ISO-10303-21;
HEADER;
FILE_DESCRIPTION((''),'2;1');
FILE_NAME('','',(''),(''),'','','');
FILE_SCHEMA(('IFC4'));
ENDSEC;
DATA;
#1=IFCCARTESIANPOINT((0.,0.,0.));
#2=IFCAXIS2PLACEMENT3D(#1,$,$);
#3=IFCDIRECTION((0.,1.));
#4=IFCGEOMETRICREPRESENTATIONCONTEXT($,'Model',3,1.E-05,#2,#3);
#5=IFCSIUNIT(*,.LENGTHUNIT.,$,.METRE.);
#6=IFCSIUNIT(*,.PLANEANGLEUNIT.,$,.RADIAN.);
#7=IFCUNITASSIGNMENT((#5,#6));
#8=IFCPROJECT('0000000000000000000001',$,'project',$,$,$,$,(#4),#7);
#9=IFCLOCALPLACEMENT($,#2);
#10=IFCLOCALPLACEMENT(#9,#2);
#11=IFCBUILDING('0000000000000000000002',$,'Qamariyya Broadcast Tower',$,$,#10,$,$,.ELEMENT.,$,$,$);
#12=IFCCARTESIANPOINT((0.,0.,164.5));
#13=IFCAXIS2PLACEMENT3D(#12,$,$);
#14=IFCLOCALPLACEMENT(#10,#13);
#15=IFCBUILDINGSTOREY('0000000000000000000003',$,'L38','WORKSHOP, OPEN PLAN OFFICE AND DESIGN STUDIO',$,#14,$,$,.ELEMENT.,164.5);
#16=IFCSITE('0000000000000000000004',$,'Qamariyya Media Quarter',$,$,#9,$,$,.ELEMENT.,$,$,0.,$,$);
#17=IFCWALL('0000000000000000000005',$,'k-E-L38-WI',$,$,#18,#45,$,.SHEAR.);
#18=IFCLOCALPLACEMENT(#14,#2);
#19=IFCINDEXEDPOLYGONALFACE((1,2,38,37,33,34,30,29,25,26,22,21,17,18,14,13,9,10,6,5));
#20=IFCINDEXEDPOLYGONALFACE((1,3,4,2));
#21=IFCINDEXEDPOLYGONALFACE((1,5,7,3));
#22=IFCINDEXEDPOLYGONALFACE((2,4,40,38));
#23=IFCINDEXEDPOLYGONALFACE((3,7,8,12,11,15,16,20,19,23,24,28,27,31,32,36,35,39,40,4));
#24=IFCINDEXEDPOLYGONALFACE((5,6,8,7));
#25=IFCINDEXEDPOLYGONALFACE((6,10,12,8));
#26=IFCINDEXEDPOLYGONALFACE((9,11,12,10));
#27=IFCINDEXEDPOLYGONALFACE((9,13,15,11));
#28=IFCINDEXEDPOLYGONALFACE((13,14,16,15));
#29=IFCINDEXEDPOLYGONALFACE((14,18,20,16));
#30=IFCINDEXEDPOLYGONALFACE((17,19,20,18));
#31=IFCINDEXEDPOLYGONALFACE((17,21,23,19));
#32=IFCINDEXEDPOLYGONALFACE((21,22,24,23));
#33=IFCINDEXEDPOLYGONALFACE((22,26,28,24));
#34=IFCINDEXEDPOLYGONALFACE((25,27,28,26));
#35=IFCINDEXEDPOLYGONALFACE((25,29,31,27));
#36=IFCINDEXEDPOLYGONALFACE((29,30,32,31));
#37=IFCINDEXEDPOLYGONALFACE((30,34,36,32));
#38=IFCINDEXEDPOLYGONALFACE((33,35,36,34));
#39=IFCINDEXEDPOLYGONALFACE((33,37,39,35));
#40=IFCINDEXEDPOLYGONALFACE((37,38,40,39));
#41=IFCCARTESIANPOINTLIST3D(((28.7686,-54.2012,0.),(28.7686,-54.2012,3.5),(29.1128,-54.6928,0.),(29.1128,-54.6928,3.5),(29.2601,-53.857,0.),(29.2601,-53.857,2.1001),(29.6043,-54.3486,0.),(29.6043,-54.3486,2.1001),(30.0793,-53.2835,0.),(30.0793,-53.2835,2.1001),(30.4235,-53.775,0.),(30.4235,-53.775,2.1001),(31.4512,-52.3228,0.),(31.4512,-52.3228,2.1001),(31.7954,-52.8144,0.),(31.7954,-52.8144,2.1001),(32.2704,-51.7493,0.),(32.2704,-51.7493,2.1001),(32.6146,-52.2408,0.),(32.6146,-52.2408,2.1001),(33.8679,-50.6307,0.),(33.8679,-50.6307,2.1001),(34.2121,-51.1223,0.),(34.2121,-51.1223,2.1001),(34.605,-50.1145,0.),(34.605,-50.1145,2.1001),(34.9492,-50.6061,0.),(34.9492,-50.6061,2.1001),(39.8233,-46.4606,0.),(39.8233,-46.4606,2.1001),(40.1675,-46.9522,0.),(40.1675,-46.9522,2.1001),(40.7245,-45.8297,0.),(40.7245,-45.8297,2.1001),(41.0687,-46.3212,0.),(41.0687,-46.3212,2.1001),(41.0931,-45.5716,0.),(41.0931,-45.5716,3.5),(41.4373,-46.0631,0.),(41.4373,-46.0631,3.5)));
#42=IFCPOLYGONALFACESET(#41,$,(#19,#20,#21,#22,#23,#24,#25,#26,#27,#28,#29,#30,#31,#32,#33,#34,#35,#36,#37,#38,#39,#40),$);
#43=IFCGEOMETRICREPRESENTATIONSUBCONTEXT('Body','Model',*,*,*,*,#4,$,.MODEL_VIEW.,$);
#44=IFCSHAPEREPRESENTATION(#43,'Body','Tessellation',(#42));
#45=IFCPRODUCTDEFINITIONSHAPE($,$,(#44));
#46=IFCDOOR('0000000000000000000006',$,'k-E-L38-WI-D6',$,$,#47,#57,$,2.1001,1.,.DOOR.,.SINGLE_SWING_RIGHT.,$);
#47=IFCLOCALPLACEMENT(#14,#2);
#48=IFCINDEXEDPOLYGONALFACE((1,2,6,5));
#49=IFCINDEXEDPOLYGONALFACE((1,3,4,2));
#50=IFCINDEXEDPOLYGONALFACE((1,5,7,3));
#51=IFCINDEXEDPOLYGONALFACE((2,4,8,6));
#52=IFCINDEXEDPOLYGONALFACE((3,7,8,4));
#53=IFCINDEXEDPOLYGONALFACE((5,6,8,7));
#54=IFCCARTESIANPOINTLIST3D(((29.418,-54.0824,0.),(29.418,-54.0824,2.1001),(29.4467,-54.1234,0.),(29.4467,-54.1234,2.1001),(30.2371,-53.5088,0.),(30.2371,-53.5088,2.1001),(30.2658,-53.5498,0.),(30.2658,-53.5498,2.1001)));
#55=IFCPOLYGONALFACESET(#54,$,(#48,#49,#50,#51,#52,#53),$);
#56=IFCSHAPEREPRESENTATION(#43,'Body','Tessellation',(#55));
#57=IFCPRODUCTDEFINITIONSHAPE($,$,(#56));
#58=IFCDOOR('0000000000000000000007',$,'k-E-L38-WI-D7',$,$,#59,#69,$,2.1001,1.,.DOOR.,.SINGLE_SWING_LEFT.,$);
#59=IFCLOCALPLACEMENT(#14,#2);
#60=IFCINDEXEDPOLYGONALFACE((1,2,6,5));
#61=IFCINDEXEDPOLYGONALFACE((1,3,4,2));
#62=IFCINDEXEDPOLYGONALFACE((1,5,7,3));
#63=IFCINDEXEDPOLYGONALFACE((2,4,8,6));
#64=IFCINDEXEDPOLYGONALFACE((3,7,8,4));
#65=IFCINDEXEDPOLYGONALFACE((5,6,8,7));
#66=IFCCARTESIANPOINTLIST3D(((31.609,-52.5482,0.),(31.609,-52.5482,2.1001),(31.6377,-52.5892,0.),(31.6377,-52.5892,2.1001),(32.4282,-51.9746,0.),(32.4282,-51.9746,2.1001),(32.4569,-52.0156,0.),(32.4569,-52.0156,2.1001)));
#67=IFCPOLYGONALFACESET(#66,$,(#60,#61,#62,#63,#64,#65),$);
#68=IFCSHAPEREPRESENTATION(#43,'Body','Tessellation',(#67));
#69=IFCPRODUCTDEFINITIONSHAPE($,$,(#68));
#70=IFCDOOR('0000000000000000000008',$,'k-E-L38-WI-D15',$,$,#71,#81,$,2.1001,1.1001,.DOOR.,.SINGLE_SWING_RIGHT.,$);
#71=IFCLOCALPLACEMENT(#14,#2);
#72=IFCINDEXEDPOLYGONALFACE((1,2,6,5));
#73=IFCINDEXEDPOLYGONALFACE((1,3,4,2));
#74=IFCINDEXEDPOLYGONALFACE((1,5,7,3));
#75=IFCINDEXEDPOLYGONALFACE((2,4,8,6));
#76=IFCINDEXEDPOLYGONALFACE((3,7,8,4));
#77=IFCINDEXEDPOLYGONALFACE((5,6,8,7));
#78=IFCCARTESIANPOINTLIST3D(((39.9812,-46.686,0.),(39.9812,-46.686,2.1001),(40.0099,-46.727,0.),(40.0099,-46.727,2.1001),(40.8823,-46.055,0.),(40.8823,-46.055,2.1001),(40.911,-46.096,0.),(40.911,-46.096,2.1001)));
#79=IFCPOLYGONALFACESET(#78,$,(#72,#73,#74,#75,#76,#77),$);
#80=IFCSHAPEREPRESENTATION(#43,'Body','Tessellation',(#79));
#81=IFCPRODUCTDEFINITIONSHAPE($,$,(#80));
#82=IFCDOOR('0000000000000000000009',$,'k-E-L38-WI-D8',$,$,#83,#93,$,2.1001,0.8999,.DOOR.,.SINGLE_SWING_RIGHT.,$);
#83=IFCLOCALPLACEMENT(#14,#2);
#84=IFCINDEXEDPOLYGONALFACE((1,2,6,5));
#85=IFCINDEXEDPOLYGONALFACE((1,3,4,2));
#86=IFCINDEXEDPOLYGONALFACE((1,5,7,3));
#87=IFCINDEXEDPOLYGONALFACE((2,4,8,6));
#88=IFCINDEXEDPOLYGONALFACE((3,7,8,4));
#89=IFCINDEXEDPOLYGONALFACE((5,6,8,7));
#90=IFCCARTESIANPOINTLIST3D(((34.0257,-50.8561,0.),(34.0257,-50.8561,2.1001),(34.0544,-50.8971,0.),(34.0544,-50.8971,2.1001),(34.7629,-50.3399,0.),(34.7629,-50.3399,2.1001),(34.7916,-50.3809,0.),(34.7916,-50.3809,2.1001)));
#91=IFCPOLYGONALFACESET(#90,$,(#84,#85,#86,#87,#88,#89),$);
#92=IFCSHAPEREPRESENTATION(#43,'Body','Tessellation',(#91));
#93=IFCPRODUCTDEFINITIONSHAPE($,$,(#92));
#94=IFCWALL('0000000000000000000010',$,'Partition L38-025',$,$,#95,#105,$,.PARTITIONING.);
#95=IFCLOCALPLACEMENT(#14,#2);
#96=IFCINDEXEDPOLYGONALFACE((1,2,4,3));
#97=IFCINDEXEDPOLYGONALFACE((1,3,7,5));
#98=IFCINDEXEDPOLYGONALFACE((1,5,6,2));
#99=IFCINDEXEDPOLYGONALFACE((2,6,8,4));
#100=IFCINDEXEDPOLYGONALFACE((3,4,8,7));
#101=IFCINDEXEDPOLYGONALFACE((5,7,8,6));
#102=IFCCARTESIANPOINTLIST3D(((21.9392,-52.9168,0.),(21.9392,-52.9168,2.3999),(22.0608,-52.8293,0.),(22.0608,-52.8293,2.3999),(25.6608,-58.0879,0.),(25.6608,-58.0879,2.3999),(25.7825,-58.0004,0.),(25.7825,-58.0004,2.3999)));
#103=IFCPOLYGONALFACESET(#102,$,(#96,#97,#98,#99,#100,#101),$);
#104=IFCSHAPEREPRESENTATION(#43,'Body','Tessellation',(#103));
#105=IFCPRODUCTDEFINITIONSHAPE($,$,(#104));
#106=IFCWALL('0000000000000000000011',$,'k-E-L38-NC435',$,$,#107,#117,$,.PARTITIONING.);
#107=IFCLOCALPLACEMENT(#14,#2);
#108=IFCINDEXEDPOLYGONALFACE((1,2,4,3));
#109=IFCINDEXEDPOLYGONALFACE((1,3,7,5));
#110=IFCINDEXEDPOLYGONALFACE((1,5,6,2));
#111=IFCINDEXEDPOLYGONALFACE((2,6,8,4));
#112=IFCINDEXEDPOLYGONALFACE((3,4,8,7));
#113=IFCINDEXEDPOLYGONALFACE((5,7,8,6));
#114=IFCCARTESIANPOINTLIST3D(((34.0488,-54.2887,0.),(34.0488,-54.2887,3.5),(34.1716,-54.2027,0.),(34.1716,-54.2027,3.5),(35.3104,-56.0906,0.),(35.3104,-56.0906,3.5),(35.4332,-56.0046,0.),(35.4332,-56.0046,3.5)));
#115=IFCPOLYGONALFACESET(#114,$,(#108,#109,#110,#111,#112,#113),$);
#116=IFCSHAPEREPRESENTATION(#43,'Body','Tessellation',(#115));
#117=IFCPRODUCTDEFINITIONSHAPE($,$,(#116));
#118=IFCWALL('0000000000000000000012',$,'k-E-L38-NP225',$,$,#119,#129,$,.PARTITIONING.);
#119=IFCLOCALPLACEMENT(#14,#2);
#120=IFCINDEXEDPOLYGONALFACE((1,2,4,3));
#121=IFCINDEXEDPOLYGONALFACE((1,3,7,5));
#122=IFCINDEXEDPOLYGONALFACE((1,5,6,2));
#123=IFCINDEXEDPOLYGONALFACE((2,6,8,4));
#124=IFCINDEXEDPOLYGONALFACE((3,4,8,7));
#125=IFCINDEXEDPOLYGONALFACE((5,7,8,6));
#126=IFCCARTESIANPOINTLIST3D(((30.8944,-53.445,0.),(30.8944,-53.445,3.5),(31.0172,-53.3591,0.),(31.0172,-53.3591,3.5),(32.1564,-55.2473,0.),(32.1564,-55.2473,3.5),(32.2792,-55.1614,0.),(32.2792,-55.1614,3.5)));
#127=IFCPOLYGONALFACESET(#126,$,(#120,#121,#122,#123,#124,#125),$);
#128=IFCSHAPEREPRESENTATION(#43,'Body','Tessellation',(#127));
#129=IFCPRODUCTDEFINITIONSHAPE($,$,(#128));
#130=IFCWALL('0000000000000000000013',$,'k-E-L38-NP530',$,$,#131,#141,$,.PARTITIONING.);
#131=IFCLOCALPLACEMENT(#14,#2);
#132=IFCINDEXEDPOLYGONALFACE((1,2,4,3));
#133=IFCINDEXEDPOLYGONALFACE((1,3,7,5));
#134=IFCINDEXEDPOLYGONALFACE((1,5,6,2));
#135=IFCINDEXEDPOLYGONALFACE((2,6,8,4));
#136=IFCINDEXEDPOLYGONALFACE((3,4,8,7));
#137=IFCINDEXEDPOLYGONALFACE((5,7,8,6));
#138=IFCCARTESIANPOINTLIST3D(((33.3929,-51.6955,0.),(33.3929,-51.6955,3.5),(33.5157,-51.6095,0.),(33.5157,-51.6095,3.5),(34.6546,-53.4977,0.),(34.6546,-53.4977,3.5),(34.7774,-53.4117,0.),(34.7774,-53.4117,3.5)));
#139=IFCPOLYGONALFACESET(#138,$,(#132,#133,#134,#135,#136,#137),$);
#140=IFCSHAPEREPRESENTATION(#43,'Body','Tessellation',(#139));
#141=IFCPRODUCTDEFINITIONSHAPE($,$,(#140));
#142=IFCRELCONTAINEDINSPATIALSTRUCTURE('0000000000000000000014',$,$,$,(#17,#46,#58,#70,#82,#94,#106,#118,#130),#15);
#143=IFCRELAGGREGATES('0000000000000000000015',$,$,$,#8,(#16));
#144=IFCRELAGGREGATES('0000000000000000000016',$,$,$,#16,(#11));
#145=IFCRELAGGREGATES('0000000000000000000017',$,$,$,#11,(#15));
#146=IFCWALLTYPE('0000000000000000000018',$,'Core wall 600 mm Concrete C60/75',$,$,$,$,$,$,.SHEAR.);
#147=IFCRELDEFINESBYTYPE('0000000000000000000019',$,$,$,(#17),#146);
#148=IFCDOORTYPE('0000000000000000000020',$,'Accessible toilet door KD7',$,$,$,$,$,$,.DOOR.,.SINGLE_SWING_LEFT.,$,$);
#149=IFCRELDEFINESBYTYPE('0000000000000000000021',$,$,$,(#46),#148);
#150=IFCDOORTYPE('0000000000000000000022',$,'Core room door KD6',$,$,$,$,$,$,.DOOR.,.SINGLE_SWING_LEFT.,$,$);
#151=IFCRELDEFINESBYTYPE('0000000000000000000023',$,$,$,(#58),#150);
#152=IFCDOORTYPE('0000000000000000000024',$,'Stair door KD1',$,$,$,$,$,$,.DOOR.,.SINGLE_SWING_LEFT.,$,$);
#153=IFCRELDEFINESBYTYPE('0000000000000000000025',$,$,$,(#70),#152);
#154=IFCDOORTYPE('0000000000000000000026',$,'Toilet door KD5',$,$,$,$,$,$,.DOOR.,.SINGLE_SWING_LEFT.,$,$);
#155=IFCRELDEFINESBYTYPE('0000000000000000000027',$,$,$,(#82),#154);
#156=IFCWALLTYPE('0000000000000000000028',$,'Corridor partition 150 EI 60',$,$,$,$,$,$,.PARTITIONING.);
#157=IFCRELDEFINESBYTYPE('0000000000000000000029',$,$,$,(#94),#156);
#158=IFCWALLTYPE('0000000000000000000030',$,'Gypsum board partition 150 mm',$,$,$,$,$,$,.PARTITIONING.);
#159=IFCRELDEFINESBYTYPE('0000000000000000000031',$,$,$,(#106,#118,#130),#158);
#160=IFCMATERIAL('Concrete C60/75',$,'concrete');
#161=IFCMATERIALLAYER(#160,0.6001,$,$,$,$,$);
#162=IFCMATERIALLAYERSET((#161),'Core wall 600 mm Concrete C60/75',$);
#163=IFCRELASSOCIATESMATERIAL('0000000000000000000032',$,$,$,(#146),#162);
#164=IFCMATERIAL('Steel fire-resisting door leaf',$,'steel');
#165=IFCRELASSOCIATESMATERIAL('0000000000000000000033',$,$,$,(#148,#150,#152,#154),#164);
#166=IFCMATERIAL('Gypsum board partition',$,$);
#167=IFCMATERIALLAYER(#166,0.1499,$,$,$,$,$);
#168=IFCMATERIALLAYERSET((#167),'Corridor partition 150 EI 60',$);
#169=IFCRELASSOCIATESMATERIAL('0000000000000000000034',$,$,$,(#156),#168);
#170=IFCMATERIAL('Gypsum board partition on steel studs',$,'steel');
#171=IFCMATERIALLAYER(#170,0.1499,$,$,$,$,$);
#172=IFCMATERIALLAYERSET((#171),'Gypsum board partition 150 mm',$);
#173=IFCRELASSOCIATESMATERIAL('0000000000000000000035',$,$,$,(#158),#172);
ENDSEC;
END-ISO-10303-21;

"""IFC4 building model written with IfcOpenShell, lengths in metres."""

from ifc_helpers import new_model, si_unit, direction, frame, frame_2d, origin, place, context, subcontext, project, spatial, rectangle, extrude, material, layer, layer_set, type_object, element, fill, save


model = new_model("IFC4")

# Units and contexts
model_context = context("Model", 3, precision=1e-05, world=origin(), true_north=direction((0.0, 1.0)))
body_context = subcontext(model_context, "Body", "Model", "MODEL_VIEW")
ifc_project = project(units=[si_unit("LENGTHUNIT", "METRE"), si_unit("PLANEANGLEUNIT", "RADIAN")], contexts=[model_context])

# Site, building, storey
site_placement = place(None, origin())
site = spatial("IfcSite", under=ifc_project, at=site_placement, Name="Qamariyya Media Quarter", CompositionType="ELEMENT", RefElevation=0.0)
building_placement = place(site_placement, origin())
building = spatial("IfcBuilding", under=site, at=building_placement, Name="Qamariyya Broadcast Tower", CompositionType="ELEMENT")
storey_placement = place(building_placement, frame((0.0, 0.0, 164.5)))
storey = spatial("IfcBuildingStorey", under=building, at=storey_placement, Name="L38", Description="WORKSHOP, OPEN PLAN OFFICE AND DESIGN STUDIO", CompositionType="ELEMENT", Elevation=164.5)

# Shared definitions
ifc_material_1 = material(Name="Concrete C60/75", Category="concrete")

# Wall, openings, doors
ifc_layer_1 = layer(ifc_material_1, 0.6001)
ifc_layer_set_1 = layer_set([ifc_layer_1], Name="Core wall 600 mm Concrete C60/75")
wall_type_1 = type_object("IfcWallType", Name="Core wall 600 mm Concrete C60/75", PredefinedType="SHEAR", material=ifc_layer_set_1)
wall_1_placement = place(storey_placement, frame((28.9407, -54.447, 0.0), z_axis=(0.0, 0.0, 1.0), x_axis=(0.819153, 0.573575, 0.0)))
wall_1 = element("IfcWall", 1, at=wall_1_placement, inside=storey, type_object=wall_type_1, Name="k-E-L38-WI", PredefinedType="SHEAR", context=body_context, shape_type="SweptSolid", body=[
    extrude(rectangle(XDim=15.0454, YDim=0.6001, at=frame_2d((7.5227, 0.0))), origin(), (0.0, 0.0, 1.0), 3.5),
])
opening_1_placement = place(wall_1_placement, frame((0.6001, 0.0, 0.0)))
opening_1 = element("IfcOpeningElement", 2, at=opening_1_placement, cuts=wall_1, PredefinedType="OPENING", context=body_context, shape_type="SweptSolid", body=[
    extrude(rectangle(XDim=1.0, YDim=2.1001, at=frame_2d((0.5, 1.05))), frame((0.0, 0.3101, 0.0), z_axis=(0.0, -1.0, 0.0), x_axis=(1.0, 0.0, 0.0)), (0.0, 0.0, 1.0), 0.6201),
])
opening_2_placement = place(wall_1_placement, frame((3.2749, 0.0, 0.0)))
opening_2 = element("IfcOpeningElement", 3, at=opening_2_placement, cuts=wall_1, PredefinedType="OPENING", context=body_context, shape_type="SweptSolid", body=[
    extrude(rectangle(XDim=1.0, YDim=2.1001, at=frame_2d((0.5, 1.05))), frame((0.0, 0.3101, 0.0), z_axis=(0.0, -1.0, 0.0), x_axis=(1.0, 0.0, 0.0)), (0.0, 0.0, 1.0), 0.6201),
])
opening_3_placement = place(wall_1_placement, frame((6.2251, 0.0, 0.0)))
opening_3 = element("IfcOpeningElement", 4, at=opening_3_placement, cuts=wall_1, PredefinedType="OPENING", context=body_context, shape_type="SweptSolid", body=[
    extrude(rectangle(XDim=0.8999, YDim=2.1001, at=frame_2d((0.45, 1.05))), frame((0.0, 0.3101, 0.0), z_axis=(0.0, -1.0, 0.0), x_axis=(1.0, 0.0, 0.0)), (0.0, 0.0, 1.0), 0.6201),
])
opening_4_placement = place(wall_1_placement, frame((13.4954, 0.0, 0.0)))
opening_4 = element("IfcOpeningElement", 5, at=opening_4_placement, cuts=wall_1, PredefinedType="OPENING", context=body_context, shape_type="SweptSolid", body=[
    extrude(rectangle(XDim=1.1001, YDim=2.1001, at=frame_2d((0.55, 1.05))), frame((0.0, 0.3101, 0.0), z_axis=(0.0, -1.0, 0.0), x_axis=(1.0, 0.0, 0.0)), (0.0, 0.0, 1.0), 0.6201),
])
ifc_material_2 = material(Name="Steel fire-resisting door leaf", Category="steel")
door_type_1 = type_object("IfcDoorType", Name="Accessible toilet door KD7", OperationType="SINGLE_SWING_LEFT", PredefinedType="DOOR", material=ifc_material_2)
door_1_placement = place(opening_1_placement, origin())
door_1 = element("IfcDoor", 6, at=door_1_placement, inside=storey, type_object=door_type_1, Name="k-E-L38-WI-D6", OperationType="SINGLE_SWING_RIGHT", OverallHeight=2.1001, OverallWidth=1.0, PredefinedType="DOOR", context=body_context, shape_type="SweptSolid", body=[
    extrude(rectangle(XDim=1.0, YDim=2.1001, at=frame_2d((0.5, 1.05))), frame((0.0, 0.0249, 0.0), z_axis=(0.0, -1.0, 0.0), x_axis=(1.0, 0.0, 0.0)), (0.0, 0.0, 1.0), 0.05),
])
fill(opening_1, door_1)
door_type_2 = type_object("IfcDoorType", Name="Core room door KD6", OperationType="SINGLE_SWING_LEFT", PredefinedType="DOOR", material=ifc_material_2)
door_2_placement = place(opening_2_placement, origin())
door_2 = element("IfcDoor", 7, at=door_2_placement, inside=storey, type_object=door_type_2, Name="k-E-L38-WI-D7", OperationType="SINGLE_SWING_LEFT", OverallHeight=2.1001, OverallWidth=1.0, PredefinedType="DOOR", context=body_context, shape_type="SweptSolid", body=[
    extrude(rectangle(XDim=1.0, YDim=2.1001, at=frame_2d((0.5, 1.05))), frame((0.0, 0.0249, 0.0), z_axis=(0.0, -1.0, 0.0), x_axis=(1.0, 0.0, 0.0)), (0.0, 0.0, 1.0), 0.05),
])
fill(opening_2, door_2)
door_type_3 = type_object("IfcDoorType", Name="Stair door KD1", OperationType="SINGLE_SWING_LEFT", PredefinedType="DOOR", material=ifc_material_2)
door_3_placement = place(opening_4_placement, origin())
door_3 = element("IfcDoor", 8, at=door_3_placement, inside=storey, type_object=door_type_3, Name="k-E-L38-WI-D15", OperationType="SINGLE_SWING_RIGHT", OverallHeight=2.1001, OverallWidth=1.1001, PredefinedType="DOOR", context=body_context, shape_type="SweptSolid", body=[
    extrude(rectangle(XDim=1.1001, YDim=2.1001, at=frame_2d((0.55, 1.05))), frame((0.0, 0.0249, 0.0), z_axis=(0.0, -1.0, 0.0), x_axis=(1.0, 0.0, 0.0)), (0.0, 0.0, 1.0), 0.05),
])
fill(opening_4, door_3)
door_type_4 = type_object("IfcDoorType", Name="Toilet door KD5", OperationType="SINGLE_SWING_LEFT", PredefinedType="DOOR", material=ifc_material_2)
door_4_placement = place(opening_3_placement, origin())
door_4 = element("IfcDoor", 9, at=door_4_placement, inside=storey, type_object=door_type_4, Name="k-E-L38-WI-D8", OperationType="SINGLE_SWING_RIGHT", OverallHeight=2.1001, OverallWidth=0.8999, PredefinedType="DOOR", context=body_context, shape_type="SweptSolid", body=[
    extrude(rectangle(XDim=0.8999, YDim=2.1001, at=frame_2d((0.45, 1.05))), frame((0.0, 0.0249, 0.0), z_axis=(0.0, -1.0, 0.0), x_axis=(1.0, 0.0, 0.0)), (0.0, 0.0, 1.0), 0.05),
])
fill(opening_3, door_4)

# Walls
ifc_material_3 = material(Name="Gypsum board partition")
ifc_layer_2 = layer(ifc_material_3, 0.1499)
ifc_layer_set_2 = layer_set([ifc_layer_2], Name="Corridor partition 150 EI 60")
wall_type_2 = type_object("IfcWallType", Name="Corridor partition 150 EI 60", PredefinedType="PARTITIONING", material=ifc_layer_set_2)
wall_2_placement = place(storey_placement, frame((22.0, -52.873, 0.0), z_axis=(0.0, 0.0, 1.0), x_axis=(0.584145, -0.811649, 0.0)))
element("IfcWall", 10, at=wall_2_placement, inside=storey, type_object=wall_type_2, Name="Partition L38-025", PredefinedType="PARTITIONING", context=body_context, shape_type="SweptSolid", body=[
    extrude(rectangle(XDim=6.3711, YDim=0.1499, at=frame_2d((3.1855, 0.0))), origin(), (0.0, 0.0, 1.0), 2.3999),
])
ifc_material_4 = material(Name="Gypsum board partition on steel studs", Category="steel")
ifc_layer_3 = layer(ifc_material_4, 0.1499)
ifc_layer_set_3 = layer_set([ifc_layer_3], Name="Gypsum board partition 150 mm")
wall_type_3 = type_object("IfcWallType", Name="Gypsum board partition 150 mm", PredefinedType="PARTITIONING", material=ifc_layer_set_3)
wall_3_placement = place(storey_placement, frame((35.3718, -56.0476, 0.0), z_axis=(0.0, 0.0, 1.0), x_axis=(-0.573559, 0.819164, 0.0)))
element("IfcWall", 11, at=wall_3_placement, inside=storey, type_object=wall_type_3, Name="k-E-L38-NC435", PredefinedType="PARTITIONING", context=body_context, shape_type="SweptSolid", body=[
    extrude(rectangle(XDim=2.1997, YDim=0.1499, at=frame_2d((1.0999, 0.0))), origin(), (0.0, 0.0, 1.0), 3.5),
])
wall_4_placement = place(storey_placement, frame((32.2178, -55.2043, 0.0), z_axis=(0.0, 0.0, 1.0), x_axis=(-0.573581, 0.819149, 0.0)))
element("IfcWall", 12, at=wall_4_placement, inside=storey, type_object=wall_type_3, Name="k-E-L38-NP225", PredefinedType="PARTITIONING", context=body_context, shape_type="SweptSolid", body=[
    extrude(rectangle(XDim=2.2002, YDim=0.1499, at=frame_2d((1.1001, 0.0))), origin(), (0.0, 0.0, 1.0), 3.5),
])
wall_5_placement = place(storey_placement, frame((34.7161, -53.4548, 0.0), z_axis=(0.0, 0.0, 1.0), x_axis=(-0.573507, 0.819201, 0.0)))
element("IfcWall", 13, at=wall_5_placement, inside=storey, type_object=wall_type_3, Name="k-E-L38-NP530", PredefinedType="PARTITIONING", context=body_context, shape_type="SweptSolid", body=[
    extrude(rectangle(XDim=2.2, YDim=0.1499, at=frame_2d((1.1001, 0.0))), origin(), (0.0, 0.0, 1.0), 3.5),
])

save(model, "model.ifc")
